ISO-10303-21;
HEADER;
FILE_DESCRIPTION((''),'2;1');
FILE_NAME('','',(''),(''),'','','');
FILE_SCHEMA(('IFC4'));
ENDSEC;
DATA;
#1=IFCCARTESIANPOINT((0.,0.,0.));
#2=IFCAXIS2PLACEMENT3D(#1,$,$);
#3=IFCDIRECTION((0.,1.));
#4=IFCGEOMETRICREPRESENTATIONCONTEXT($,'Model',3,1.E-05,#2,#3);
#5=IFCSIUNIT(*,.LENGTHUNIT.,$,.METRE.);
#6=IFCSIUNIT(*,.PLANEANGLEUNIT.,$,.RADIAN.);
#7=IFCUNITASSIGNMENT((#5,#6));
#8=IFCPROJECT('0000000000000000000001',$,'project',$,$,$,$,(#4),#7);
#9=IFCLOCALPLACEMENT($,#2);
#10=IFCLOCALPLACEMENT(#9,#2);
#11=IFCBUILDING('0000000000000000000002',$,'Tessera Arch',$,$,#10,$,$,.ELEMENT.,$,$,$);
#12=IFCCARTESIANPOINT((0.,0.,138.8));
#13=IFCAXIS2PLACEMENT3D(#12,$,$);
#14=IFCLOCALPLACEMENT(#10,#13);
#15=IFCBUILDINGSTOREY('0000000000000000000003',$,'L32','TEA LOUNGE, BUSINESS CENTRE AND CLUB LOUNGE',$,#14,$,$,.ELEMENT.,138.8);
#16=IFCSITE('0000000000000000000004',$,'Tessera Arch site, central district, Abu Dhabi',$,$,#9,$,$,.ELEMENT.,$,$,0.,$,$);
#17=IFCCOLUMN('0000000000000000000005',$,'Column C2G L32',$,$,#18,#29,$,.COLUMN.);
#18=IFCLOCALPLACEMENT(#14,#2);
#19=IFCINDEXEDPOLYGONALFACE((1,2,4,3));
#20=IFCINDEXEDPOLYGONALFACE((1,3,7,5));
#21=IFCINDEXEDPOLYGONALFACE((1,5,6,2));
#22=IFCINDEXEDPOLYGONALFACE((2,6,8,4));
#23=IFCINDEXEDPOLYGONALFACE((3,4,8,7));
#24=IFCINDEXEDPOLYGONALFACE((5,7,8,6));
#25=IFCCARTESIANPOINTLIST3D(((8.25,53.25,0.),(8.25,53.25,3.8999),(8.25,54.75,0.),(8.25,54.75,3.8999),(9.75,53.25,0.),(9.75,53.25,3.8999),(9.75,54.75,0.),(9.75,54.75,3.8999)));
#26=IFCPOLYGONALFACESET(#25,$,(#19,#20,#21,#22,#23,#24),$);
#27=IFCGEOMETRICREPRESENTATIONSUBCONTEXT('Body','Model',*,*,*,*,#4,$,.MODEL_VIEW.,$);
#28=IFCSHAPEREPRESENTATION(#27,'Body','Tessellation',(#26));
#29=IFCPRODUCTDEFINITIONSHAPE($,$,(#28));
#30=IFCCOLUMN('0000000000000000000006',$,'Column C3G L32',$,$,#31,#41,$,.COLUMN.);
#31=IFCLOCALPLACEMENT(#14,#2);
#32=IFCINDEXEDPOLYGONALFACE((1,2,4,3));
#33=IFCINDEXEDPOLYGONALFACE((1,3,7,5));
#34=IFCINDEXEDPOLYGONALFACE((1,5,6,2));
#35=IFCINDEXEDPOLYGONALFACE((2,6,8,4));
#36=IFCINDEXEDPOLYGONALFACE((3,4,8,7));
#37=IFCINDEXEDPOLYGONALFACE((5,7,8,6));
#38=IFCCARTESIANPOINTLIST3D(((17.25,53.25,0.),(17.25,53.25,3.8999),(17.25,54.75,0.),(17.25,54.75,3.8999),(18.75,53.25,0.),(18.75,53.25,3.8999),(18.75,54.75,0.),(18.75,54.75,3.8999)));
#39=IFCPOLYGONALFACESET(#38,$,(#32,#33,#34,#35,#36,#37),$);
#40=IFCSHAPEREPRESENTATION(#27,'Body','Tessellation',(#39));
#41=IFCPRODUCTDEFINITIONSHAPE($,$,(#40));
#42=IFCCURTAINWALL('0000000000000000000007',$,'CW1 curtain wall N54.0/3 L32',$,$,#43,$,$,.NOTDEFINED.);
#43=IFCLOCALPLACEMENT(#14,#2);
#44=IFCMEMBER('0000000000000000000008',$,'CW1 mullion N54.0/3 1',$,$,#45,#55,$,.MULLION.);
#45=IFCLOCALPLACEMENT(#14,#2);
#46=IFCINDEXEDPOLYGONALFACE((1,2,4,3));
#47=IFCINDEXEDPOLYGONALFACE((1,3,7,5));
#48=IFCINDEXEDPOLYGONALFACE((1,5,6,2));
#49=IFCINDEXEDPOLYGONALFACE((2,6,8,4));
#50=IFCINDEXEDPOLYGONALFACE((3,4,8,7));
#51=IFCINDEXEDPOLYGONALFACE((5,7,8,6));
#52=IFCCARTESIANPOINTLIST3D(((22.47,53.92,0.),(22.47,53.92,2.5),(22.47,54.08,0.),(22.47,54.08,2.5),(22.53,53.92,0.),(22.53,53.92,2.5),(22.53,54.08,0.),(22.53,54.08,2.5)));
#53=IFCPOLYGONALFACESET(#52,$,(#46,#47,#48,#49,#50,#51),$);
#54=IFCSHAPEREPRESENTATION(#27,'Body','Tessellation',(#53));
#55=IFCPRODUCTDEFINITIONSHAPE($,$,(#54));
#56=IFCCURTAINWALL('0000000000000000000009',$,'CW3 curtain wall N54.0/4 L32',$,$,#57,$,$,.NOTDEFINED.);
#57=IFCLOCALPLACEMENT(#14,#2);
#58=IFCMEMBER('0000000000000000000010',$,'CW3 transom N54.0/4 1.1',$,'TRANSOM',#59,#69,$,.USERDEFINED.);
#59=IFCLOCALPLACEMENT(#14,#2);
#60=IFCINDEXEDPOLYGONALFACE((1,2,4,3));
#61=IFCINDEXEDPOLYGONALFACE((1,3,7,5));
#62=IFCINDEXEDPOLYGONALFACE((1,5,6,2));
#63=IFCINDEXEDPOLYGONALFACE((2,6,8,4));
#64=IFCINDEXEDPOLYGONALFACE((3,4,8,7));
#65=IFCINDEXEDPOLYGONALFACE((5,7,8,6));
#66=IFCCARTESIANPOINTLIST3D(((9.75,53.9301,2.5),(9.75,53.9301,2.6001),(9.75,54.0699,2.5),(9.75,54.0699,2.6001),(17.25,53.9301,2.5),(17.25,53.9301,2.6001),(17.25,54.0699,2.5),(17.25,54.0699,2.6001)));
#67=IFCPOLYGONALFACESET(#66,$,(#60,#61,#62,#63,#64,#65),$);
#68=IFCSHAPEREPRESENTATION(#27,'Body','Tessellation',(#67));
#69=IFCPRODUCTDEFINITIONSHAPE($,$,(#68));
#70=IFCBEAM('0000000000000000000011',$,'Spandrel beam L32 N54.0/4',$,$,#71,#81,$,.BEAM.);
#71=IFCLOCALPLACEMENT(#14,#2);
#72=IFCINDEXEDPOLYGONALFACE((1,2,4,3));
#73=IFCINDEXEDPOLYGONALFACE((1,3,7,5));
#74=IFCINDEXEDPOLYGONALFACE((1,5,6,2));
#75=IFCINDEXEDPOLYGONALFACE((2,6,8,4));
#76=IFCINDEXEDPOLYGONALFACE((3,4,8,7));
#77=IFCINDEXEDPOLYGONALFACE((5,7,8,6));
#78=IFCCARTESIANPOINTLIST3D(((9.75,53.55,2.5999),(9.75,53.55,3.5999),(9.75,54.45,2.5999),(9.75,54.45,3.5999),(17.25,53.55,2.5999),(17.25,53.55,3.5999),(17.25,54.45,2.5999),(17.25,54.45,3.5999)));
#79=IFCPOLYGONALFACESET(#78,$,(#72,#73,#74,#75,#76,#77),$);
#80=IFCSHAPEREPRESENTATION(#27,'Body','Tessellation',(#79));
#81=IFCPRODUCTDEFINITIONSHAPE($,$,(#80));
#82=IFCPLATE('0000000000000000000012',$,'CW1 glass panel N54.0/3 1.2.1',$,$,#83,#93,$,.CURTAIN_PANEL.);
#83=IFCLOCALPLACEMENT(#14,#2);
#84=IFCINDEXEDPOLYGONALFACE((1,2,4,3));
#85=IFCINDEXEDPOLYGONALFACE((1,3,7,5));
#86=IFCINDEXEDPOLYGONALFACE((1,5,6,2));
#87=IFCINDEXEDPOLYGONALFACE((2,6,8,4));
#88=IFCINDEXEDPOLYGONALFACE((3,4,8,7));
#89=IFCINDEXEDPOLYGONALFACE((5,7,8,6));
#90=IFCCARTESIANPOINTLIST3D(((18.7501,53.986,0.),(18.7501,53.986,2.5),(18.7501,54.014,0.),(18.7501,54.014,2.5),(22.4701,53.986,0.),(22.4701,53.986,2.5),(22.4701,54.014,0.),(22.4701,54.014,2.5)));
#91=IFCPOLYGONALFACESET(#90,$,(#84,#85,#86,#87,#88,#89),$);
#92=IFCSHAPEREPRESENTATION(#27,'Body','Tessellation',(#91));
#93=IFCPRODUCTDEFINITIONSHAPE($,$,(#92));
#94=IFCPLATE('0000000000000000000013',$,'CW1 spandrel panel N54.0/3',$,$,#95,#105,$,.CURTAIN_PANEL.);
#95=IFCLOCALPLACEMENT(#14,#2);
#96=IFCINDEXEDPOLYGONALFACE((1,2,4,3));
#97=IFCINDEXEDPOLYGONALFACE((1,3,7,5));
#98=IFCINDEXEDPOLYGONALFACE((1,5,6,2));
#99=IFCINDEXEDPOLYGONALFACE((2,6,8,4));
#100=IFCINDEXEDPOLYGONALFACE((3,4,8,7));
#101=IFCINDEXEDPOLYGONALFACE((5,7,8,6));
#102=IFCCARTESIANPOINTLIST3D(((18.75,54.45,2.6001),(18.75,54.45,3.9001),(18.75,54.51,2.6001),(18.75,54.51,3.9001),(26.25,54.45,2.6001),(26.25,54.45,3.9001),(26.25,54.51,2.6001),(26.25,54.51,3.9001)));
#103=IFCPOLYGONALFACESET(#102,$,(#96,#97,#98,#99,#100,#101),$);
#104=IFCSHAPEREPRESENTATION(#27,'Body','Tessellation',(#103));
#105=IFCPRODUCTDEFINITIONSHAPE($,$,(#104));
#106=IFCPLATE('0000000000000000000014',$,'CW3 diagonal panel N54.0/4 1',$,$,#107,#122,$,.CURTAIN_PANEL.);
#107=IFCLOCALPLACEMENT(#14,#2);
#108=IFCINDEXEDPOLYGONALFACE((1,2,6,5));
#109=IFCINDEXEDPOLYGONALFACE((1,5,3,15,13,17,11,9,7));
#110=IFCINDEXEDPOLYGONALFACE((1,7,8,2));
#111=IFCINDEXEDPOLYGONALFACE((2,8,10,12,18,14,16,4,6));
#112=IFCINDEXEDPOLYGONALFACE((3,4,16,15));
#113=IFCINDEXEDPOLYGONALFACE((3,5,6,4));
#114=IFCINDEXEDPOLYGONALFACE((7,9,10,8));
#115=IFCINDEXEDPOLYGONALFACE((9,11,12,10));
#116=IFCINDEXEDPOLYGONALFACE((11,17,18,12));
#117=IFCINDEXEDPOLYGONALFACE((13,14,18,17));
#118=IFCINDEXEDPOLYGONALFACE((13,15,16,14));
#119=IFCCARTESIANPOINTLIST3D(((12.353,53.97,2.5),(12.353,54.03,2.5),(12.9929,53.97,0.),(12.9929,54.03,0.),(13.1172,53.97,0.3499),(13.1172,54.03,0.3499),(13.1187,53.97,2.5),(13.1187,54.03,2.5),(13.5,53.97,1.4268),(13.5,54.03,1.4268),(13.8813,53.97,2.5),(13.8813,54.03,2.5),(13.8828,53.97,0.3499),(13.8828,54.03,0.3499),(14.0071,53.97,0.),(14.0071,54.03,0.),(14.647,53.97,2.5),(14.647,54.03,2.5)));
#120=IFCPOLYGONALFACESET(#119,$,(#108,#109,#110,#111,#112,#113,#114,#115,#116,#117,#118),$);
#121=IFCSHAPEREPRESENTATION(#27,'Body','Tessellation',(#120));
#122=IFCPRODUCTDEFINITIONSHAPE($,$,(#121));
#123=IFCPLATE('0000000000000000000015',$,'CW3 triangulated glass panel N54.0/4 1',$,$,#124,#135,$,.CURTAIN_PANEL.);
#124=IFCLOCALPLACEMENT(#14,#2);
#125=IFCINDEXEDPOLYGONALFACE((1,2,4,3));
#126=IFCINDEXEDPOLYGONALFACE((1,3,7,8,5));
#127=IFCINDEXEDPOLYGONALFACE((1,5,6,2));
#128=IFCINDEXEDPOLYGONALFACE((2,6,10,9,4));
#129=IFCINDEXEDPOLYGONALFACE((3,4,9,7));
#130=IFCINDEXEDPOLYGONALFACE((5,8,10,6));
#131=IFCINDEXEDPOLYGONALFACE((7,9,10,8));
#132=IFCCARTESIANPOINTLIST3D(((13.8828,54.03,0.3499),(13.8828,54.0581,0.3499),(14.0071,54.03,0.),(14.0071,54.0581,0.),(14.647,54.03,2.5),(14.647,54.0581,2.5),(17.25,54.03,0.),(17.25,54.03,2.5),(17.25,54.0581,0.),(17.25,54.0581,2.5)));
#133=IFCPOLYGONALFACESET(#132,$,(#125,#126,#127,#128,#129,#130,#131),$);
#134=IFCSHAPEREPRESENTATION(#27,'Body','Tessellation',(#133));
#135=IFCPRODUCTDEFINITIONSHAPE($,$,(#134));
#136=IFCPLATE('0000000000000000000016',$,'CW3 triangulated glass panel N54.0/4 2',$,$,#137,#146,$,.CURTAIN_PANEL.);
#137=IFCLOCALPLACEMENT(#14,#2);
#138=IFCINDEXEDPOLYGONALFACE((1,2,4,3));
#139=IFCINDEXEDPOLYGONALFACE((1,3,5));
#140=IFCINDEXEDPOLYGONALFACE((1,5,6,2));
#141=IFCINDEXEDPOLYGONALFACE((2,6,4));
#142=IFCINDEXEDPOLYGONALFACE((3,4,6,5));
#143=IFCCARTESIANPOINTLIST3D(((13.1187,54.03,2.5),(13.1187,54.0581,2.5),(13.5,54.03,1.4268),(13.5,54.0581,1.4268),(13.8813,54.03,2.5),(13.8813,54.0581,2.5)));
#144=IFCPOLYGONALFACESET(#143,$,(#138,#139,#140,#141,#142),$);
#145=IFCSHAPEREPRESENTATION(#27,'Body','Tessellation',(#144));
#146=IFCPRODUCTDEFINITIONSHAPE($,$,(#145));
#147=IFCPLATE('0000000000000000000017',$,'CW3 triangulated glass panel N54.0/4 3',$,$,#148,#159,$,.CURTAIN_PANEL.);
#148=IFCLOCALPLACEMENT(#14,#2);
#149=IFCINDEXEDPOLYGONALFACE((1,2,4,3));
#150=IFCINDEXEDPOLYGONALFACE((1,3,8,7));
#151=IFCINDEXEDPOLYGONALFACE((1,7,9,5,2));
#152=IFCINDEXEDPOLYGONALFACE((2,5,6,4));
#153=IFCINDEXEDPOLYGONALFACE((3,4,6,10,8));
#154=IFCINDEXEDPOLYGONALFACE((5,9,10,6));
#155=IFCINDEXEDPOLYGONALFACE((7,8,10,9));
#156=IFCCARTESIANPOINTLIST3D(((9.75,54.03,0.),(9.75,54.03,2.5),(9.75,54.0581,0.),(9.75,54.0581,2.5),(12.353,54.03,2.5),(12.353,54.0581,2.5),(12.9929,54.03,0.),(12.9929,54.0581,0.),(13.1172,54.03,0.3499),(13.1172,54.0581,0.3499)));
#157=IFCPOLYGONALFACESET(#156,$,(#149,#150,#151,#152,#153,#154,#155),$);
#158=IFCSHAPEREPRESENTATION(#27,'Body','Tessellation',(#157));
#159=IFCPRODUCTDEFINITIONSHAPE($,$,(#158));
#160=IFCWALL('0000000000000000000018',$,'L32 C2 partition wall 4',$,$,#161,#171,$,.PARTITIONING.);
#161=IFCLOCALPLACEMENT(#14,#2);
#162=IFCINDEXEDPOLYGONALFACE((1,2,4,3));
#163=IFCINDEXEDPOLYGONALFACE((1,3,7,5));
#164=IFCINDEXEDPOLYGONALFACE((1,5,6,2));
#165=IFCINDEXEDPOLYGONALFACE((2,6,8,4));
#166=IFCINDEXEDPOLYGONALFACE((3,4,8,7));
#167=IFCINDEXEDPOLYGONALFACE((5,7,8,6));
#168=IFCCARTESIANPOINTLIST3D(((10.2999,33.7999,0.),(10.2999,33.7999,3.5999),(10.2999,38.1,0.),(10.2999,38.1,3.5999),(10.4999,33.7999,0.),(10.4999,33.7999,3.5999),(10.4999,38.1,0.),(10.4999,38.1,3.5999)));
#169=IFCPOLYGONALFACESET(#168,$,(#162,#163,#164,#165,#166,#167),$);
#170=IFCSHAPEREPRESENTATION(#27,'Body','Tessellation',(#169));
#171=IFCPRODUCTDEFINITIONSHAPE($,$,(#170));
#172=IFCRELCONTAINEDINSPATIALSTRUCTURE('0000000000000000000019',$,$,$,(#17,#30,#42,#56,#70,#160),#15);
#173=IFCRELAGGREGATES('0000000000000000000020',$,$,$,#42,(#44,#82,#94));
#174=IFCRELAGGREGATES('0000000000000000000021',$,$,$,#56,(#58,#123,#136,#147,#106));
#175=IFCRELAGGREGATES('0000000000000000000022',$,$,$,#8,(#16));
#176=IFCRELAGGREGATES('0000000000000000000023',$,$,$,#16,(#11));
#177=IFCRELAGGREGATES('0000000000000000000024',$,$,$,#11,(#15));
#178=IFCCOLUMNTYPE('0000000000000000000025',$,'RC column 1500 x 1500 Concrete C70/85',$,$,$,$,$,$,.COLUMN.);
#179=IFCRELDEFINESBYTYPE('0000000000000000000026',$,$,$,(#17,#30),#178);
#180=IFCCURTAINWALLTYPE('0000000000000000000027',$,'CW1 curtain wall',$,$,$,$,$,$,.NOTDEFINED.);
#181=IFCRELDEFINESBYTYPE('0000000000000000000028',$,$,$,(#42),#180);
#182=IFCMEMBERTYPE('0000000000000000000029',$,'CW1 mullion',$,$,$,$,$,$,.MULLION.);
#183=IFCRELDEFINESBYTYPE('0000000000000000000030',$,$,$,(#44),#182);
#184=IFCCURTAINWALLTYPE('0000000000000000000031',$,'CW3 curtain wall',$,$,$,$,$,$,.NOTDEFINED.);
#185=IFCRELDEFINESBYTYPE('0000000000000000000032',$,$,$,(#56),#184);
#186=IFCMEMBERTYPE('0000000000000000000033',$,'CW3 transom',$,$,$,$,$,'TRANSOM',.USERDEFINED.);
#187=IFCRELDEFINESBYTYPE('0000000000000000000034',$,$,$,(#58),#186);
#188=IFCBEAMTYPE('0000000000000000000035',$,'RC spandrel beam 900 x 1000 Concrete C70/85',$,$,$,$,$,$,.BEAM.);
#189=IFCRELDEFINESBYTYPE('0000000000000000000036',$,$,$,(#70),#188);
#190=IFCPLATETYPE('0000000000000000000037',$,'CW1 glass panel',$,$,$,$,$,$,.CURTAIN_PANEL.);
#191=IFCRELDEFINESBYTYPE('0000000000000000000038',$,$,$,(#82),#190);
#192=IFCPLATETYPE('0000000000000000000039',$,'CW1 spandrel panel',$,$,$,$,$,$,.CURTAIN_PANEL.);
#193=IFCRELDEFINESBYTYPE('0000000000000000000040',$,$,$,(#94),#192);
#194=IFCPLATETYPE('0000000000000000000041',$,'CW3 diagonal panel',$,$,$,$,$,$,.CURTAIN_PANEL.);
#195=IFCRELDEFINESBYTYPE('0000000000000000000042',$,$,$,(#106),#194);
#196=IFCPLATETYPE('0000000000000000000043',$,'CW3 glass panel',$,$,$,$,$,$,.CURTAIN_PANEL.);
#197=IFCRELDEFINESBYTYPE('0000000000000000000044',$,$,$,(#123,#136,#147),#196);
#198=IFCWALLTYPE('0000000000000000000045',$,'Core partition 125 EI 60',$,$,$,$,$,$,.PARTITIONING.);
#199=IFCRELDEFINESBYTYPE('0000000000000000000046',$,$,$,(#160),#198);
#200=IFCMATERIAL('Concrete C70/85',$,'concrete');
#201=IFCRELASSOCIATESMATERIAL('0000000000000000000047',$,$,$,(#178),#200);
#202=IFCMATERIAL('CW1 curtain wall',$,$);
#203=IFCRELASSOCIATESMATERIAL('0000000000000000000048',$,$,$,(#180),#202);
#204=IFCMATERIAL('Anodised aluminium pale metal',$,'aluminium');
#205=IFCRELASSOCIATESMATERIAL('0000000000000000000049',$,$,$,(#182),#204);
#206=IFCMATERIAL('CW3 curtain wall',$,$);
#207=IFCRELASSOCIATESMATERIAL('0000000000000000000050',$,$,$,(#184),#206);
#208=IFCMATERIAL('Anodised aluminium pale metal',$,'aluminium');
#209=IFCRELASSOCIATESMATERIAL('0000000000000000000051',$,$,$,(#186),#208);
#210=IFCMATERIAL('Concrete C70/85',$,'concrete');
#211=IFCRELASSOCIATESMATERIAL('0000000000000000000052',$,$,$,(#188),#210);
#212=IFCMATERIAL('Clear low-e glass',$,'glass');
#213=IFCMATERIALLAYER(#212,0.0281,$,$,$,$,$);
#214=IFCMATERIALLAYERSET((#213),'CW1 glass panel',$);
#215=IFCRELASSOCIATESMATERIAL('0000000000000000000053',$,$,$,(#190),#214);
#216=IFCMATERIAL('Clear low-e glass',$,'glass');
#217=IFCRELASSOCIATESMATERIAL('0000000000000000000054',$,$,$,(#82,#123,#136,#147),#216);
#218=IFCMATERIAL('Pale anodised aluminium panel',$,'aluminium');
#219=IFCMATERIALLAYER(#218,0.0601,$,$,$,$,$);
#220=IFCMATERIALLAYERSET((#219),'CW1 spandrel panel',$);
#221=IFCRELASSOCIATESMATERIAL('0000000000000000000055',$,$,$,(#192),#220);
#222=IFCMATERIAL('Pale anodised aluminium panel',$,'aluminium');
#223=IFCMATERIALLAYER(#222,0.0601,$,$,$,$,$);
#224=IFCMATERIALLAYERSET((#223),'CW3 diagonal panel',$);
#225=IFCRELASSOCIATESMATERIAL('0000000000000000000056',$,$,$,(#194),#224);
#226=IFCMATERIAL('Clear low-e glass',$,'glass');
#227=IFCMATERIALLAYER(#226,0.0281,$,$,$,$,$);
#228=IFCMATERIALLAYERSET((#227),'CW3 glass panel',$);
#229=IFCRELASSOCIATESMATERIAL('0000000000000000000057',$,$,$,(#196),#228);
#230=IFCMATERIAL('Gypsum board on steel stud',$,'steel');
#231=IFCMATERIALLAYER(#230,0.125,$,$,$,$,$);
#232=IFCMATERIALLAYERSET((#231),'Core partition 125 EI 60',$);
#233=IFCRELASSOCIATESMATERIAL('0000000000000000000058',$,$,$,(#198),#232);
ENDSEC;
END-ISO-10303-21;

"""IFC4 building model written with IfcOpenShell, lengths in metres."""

from ifc_helpers import new_model, si_unit, direction, frame, frame_2d, origin, origin_2d, place, context, subcontext, project, spatial, polyline, rectangle, outline, extrude, material, layer, layer_set, material_profile, profile_set, type_object, element, aggregate, save


model = new_model("IFC4")

# Units and contexts
model_context = context("Model", 3, precision=1e-05, world=origin(), true_north=direction((0.0, 1.0)))
body_context = subcontext(model_context, "Body", "Model", "MODEL_VIEW")
ifc_project = project(units=[si_unit("LENGTHUNIT", "METRE"), si_unit("PLANEANGLEUNIT", "RADIAN")], contexts=[model_context])

# Site, building, storey
site_placement = place(None, origin())
site = spatial("IfcSite", under=ifc_project, at=site_placement, Name="Tessera Arch site, central district, Abu Dhabi", CompositionType="ELEMENT", RefElevation=0.0)
building_placement = place(site_placement, origin())
building = spatial("IfcBuilding", under=site, at=building_placement, Name="Tessera Arch", CompositionType="ELEMENT")
storey_placement = place(building_placement, frame((0.0, 0.0, 138.8)))
storey = spatial("IfcBuildingStorey", under=building, at=storey_placement, Name="L32", Description="TEA LOUNGE, BUSINESS CENTRE AND CLUB LOUNGE", CompositionType="ELEMENT", Elevation=138.8)

# Columns
ifc_material_1 = material(Name="Concrete C70/85", Category="concrete")
ifc_material_profile_1 = material_profile(ifc_material_1, rectangle(XDim=1.5, YDim=1.5, at=origin_2d()), Name="RC column 1500 x 1500 Concrete C70/85")
ifc_profile_set_1 = profile_set([ifc_material_profile_1], Name="Concrete C70/85")
column_type = type_object("IfcColumnType", Name="RC column 1500 x 1500 Concrete C70/85", PredefinedType="COLUMN", material=ifc_profile_set_1)
for number, where, z_axis, x_axis, name in (
    (1, (9.0, 54.0, 0.0), (0.0, 0.0, 1.0), (1.0, 0.0, 0.0), "Column C2G L32"),
    (2, (18.0, 54.0, 0.0), (0.0, 0.0, 1.0), (1.0, 0.0, 0.0), "Column C3G L32"),
):
    element("IfcColumn", number, at=place(storey_placement, frame(where, z_axis=z_axis, x_axis=x_axis)), inside=storey, type_object=column_type, Name=name, PredefinedType="COLUMN", context=body_context, shape_type="SweptSolid", body=[
        extrude(rectangle(XDim=1.5, YDim=1.5, at=origin_2d()), origin(), (0.0, 0.0, 1.0), 3.8999),
    ])

# Curtain walls, members
ifc_material_2 = material(Name="CW1 curtain wall")
curtain_wall_type_1 = type_object("IfcCurtainWallType", Name="CW1 curtain wall", PredefinedType="NOTDEFINED", material=ifc_material_2)
curtain_wall_1_placement = place(storey_placement, origin())
curtain_wall_1 = element("IfcCurtainWall", 3, at=curtain_wall_1_placement, inside=storey, type_object=curtain_wall_type_1, Name="CW1 curtain wall N54.0/3 L32", PredefinedType="NOTDEFINED")
ifc_material_3 = material(Name="Anodised aluminium pale metal", Category="aluminium")
ifc_material_profile_2 = material_profile(ifc_material_3, rectangle(XDim=0.1599, YDim=0.0601, at=origin_2d()), Name="AL 60x160")
ifc_profile_set_2 = profile_set([ifc_material_profile_2], Name="Anodised aluminium pale metal")
member_type_1 = type_object("IfcMemberType", Name="CW1 mullion", PredefinedType="MULLION", material=ifc_profile_set_2)
member_1_placement = place(storey_placement, frame((22.5, 54.0, 0.0), z_axis=(0.0, 0.0, 1.0), x_axis=(0.0, -1.0, 0.0)))
member_1 = element("IfcMember", 4, at=member_1_placement, type_object=member_type_1, Name="CW1 mullion N54.0/3 1", PredefinedType="MULLION", context=body_context, shape_type="SweptSolid", body=[
    extrude(rectangle(XDim=0.1599, YDim=0.0601, at=origin_2d()), origin(), (0.0, 0.0, 1.0), 2.5),
])
ifc_material_4 = material(Name="CW3 curtain wall")
curtain_wall_type_2 = type_object("IfcCurtainWallType", Name="CW3 curtain wall", PredefinedType="NOTDEFINED", material=ifc_material_4)
curtain_wall_2_placement = place(storey_placement, origin())
curtain_wall_2 = element("IfcCurtainWall", 5, at=curtain_wall_2_placement, inside=storey, type_object=curtain_wall_type_2, Name="CW3 curtain wall N54.0/4 L32", PredefinedType="NOTDEFINED")
ifc_material_5 = material(Name="Anodised aluminium pale metal", Category="aluminium")
ifc_material_profile_3 = material_profile(ifc_material_5, rectangle(XDim=0.1399, YDim=0.1001, at=origin_2d()), Name="AL 140x100")
ifc_profile_set_3 = profile_set([ifc_material_profile_3], Name="Anodised aluminium pale metal")
member_type_2 = type_object("IfcMemberType", Name="CW3 transom", ElementType="TRANSOM", PredefinedType="USERDEFINED", material=ifc_profile_set_3)
member_2_placement = place(storey_placement, frame((17.25, 54.0, 2.55), z_axis=(-1.0, 0.0, 0.0), x_axis=(0.0, -1.0, 0.0)))
member_2 = element("IfcMember", 6, at=member_2_placement, type_object=member_type_2, Name="CW3 transom N54.0/4 1.1", ObjectType="TRANSOM", PredefinedType="USERDEFINED", context=body_context, shape_type="SweptSolid", body=[
    extrude(rectangle(XDim=0.1399, YDim=0.1001, at=origin_2d()), origin(), (0.0, 0.0, 1.0), 7.5),
])

# Beam
ifc_material_6 = material(Name="Concrete C70/85", Category="concrete")
ifc_material_profile_4 = material_profile(ifc_material_6, rectangle(XDim=0.8999, YDim=1.0, at=origin_2d()), Name="RC spandrel beam 900 x 1000 Concrete C70/85")
ifc_profile_set_4 = profile_set([ifc_material_profile_4], Name="Concrete C70/85")
beam_type = type_object("IfcBeamType", Name="RC spandrel beam 900 x 1000 Concrete C70/85", PredefinedType="BEAM", material=ifc_profile_set_4)
beam_placement = place(storey_placement, frame((17.25, 54.0, 3.0999), z_axis=(-1.0, 0.0, 0.0), x_axis=(0.0, -1.0, 0.0)))
element("IfcBeam", 7, at=beam_placement, inside=storey, type_object=beam_type, Name="Spandrel beam L32 N54.0/4", PredefinedType="BEAM", context=body_context, shape_type="SweptSolid", body=[
    extrude(rectangle(XDim=0.8999, YDim=1.0, at=origin_2d()), origin(), (0.0, 0.0, 1.0), 7.5),
])

# Plates
ifc_material_7 = material(Name="Clear low-e glass", Category="glass")
ifc_material_8 = material(Name="Clear low-e glass", Category="glass")
ifc_layer_1 = layer(ifc_material_8, 0.0281)
ifc_layer_set_1 = layer_set([ifc_layer_1], Name="CW1 glass panel")
plate_type_1 = type_object("IfcPlateType", Name="CW1 glass panel", PredefinedType="CURTAIN_PANEL", material=ifc_layer_set_1)
plate_1_placement = place(storey_placement, frame((20.6101, 54.0, 0.0), z_axis=(0.0, 0.0, 1.0), x_axis=(-1.0, 0.0, 0.0)))
plate_1 = element("IfcPlate", 8, at=plate_1_placement, type_object=plate_type_1, material=ifc_material_7, Name="CW1 glass panel N54.0/3 1.2.1", PredefinedType="CURTAIN_PANEL", context=body_context, shape_type="SweptSolid", body=[
    extrude(rectangle(XDim=3.72, YDim=0.0281, at=origin_2d()), origin(), (0.0, 0.0, 1.0), 2.5),
])
ifc_material_9 = material(Name="Pale anodised aluminium panel", Category="aluminium")
ifc_layer_2 = layer(ifc_material_9, 0.0601)
ifc_layer_set_2 = layer_set([ifc_layer_2], Name="CW1 spandrel panel")
plate_type_2 = type_object("IfcPlateType", Name="CW1 spandrel panel", PredefinedType="CURTAIN_PANEL", material=ifc_layer_set_2)
plate_2_placement = place(storey_placement, frame((22.5, 54.48, 2.6001), z_axis=(0.0, 0.0, 1.0), x_axis=(-1.0, 0.0, 0.0)))
plate_2 = element("IfcPlate", 9, at=plate_2_placement, type_object=plate_type_2, Name="CW1 spandrel panel N54.0/3", PredefinedType="CURTAIN_PANEL", context=body_context, shape_type="SweptSolid", body=[
    extrude(rectangle(XDim=7.5, YDim=0.0601, at=origin_2d()), origin(), (0.0, 0.0, 1.0), 1.3),
])
aggregate(curtain_wall_1, [member_1, plate_1, plate_2])
ifc_material_10 = material(Name="Pale anodised aluminium panel", Category="aluminium")
ifc_layer_3 = layer(ifc_material_10, 0.0601)
ifc_layer_set_3 = layer_set([ifc_layer_3], Name="CW3 diagonal panel")
plate_type_3 = type_object("IfcPlateType", Name="CW3 diagonal panel", PredefinedType="CURTAIN_PANEL", material=ifc_layer_set_3)
plate_3_placement = place(storey_placement, frame((12.353, 54.03, 2.5), z_axis=(0.0, 1.0, 0.0), x_axis=(1.0, 0.0, 0.0)))
plate_3 = element("IfcPlate", 10, at=plate_3_placement, type_object=plate_type_3, Name="CW3 diagonal panel N54.0/4 1", PredefinedType="CURTAIN_PANEL", context=body_context, shape_type="SweptSolid", body=[
    extrude(outline(polyline([(0.0, 0.0), (0.7656, 0.0), (1.147, 1.0732), (1.5283, 0.0), (2.2939, 0.0), (1.5298, 2.1501), (1.6541, 2.5), (0.6399, 2.5), (0.7642, 2.1501), (0.0, 0.0)])), origin(), (0.0, 0.0, -1.0), 0.0601),
])
ifc_material_11 = material(Name="Clear low-e glass", Category="glass")
ifc_layer_4 = layer(ifc_material_11, 0.0281)
ifc_layer_set_4 = layer_set([ifc_layer_4], Name="CW3 glass panel")
plate_type_4 = type_object("IfcPlateType", Name="CW3 glass panel", PredefinedType="CURTAIN_PANEL", material=ifc_layer_set_4)
plate_4_placement = place(storey_placement, frame((17.25, 54.0581, 0.0), z_axis=(0.0, 1.0, 0.0), x_axis=(-1.0, 0.0, 0.0)))
plate_4 = element("IfcPlate", 11, at=plate_4_placement, type_object=plate_type_4, material=ifc_material_7, Name="CW3 triangulated glass panel N54.0/4 1", PredefinedType="CURTAIN_PANEL", context=body_context, shape_type="SweptSolid", body=[
    extrude(outline(polyline([(0.0, 0.0), (3.2429, 0.0), (3.3672, 0.3499), (2.603, 2.5), (0.0, 2.5), (0.0, 0.0)])), origin(), (0.0, 0.0, -1.0), 0.0281),
])
plate_5_placement = place(storey_placement, frame((13.1187, 54.0581, 2.5), z_axis=(0.0, 1.0, 0.0), x_axis=(1.0, 0.0, 0.0)))
plate_5 = element("IfcPlate", 12, at=plate_5_placement, type_object=plate_type_4, material=ifc_material_7, Name="CW3 triangulated glass panel N54.0/4 2", PredefinedType="CURTAIN_PANEL", context=body_context, shape_type="SweptSolid", body=[
    extrude(outline(polyline([(0.0, 0.0), (0.7627, 0.0), (0.3813, 1.0732), (0.0, 0.0)])), origin(), (0.0, 0.0, -1.0), 0.0281),
])
plate_6_placement = place(storey_placement, frame((9.75, 54.0581, 2.5), z_axis=(0.0, 1.0, 0.0), x_axis=(1.0, 0.0, 0.0)))
plate_6 = element("IfcPlate", 13, at=plate_6_placement, type_object=plate_type_4, material=ifc_material_7, Name="CW3 triangulated glass panel N54.0/4 3", PredefinedType="CURTAIN_PANEL", context=body_context, shape_type="SweptSolid", body=[
    extrude(outline(polyline([(0.0, 0.0), (2.603, 0.0), (3.3672, 2.1501), (3.2429, 2.5), (0.0, 2.5), (0.0, 0.0)])), origin(), (0.0, 0.0, -1.0), 0.0281),
])
aggregate(curtain_wall_2, [member_2, plate_4, plate_5, plate_6, plate_3])

# Wall
ifc_material_12 = material(Name="Gypsum board on steel stud", Category="steel")
ifc_layer_5 = layer(ifc_material_12, 0.125)
ifc_layer_set_5 = layer_set([ifc_layer_5], Name="Core partition 125 EI 60")
wall_type_1 = type_object("IfcWallType", Name="Core partition 125 EI 60", PredefinedType="PARTITIONING", material=ifc_layer_set_5)
wall_1_placement = place(storey_placement, frame((10.3999, 33.8, 0.0), z_axis=(0.0, 0.0, 1.0), x_axis=(0.0, 1.0, 0.0)))
element("IfcWall", 14, at=wall_1_placement, inside=storey, type_object=wall_type_1, Name="L32 C2 partition wall 4", PredefinedType="PARTITIONING", context=body_context, shape_type="SweptSolid", body=[
    extrude(rectangle(XDim=4.3, YDim=0.2, at=frame_2d((2.1499, 0.0))), origin(), (0.0, 0.0, 1.0), 3.5999),
])

save(model, "model.ifc")
